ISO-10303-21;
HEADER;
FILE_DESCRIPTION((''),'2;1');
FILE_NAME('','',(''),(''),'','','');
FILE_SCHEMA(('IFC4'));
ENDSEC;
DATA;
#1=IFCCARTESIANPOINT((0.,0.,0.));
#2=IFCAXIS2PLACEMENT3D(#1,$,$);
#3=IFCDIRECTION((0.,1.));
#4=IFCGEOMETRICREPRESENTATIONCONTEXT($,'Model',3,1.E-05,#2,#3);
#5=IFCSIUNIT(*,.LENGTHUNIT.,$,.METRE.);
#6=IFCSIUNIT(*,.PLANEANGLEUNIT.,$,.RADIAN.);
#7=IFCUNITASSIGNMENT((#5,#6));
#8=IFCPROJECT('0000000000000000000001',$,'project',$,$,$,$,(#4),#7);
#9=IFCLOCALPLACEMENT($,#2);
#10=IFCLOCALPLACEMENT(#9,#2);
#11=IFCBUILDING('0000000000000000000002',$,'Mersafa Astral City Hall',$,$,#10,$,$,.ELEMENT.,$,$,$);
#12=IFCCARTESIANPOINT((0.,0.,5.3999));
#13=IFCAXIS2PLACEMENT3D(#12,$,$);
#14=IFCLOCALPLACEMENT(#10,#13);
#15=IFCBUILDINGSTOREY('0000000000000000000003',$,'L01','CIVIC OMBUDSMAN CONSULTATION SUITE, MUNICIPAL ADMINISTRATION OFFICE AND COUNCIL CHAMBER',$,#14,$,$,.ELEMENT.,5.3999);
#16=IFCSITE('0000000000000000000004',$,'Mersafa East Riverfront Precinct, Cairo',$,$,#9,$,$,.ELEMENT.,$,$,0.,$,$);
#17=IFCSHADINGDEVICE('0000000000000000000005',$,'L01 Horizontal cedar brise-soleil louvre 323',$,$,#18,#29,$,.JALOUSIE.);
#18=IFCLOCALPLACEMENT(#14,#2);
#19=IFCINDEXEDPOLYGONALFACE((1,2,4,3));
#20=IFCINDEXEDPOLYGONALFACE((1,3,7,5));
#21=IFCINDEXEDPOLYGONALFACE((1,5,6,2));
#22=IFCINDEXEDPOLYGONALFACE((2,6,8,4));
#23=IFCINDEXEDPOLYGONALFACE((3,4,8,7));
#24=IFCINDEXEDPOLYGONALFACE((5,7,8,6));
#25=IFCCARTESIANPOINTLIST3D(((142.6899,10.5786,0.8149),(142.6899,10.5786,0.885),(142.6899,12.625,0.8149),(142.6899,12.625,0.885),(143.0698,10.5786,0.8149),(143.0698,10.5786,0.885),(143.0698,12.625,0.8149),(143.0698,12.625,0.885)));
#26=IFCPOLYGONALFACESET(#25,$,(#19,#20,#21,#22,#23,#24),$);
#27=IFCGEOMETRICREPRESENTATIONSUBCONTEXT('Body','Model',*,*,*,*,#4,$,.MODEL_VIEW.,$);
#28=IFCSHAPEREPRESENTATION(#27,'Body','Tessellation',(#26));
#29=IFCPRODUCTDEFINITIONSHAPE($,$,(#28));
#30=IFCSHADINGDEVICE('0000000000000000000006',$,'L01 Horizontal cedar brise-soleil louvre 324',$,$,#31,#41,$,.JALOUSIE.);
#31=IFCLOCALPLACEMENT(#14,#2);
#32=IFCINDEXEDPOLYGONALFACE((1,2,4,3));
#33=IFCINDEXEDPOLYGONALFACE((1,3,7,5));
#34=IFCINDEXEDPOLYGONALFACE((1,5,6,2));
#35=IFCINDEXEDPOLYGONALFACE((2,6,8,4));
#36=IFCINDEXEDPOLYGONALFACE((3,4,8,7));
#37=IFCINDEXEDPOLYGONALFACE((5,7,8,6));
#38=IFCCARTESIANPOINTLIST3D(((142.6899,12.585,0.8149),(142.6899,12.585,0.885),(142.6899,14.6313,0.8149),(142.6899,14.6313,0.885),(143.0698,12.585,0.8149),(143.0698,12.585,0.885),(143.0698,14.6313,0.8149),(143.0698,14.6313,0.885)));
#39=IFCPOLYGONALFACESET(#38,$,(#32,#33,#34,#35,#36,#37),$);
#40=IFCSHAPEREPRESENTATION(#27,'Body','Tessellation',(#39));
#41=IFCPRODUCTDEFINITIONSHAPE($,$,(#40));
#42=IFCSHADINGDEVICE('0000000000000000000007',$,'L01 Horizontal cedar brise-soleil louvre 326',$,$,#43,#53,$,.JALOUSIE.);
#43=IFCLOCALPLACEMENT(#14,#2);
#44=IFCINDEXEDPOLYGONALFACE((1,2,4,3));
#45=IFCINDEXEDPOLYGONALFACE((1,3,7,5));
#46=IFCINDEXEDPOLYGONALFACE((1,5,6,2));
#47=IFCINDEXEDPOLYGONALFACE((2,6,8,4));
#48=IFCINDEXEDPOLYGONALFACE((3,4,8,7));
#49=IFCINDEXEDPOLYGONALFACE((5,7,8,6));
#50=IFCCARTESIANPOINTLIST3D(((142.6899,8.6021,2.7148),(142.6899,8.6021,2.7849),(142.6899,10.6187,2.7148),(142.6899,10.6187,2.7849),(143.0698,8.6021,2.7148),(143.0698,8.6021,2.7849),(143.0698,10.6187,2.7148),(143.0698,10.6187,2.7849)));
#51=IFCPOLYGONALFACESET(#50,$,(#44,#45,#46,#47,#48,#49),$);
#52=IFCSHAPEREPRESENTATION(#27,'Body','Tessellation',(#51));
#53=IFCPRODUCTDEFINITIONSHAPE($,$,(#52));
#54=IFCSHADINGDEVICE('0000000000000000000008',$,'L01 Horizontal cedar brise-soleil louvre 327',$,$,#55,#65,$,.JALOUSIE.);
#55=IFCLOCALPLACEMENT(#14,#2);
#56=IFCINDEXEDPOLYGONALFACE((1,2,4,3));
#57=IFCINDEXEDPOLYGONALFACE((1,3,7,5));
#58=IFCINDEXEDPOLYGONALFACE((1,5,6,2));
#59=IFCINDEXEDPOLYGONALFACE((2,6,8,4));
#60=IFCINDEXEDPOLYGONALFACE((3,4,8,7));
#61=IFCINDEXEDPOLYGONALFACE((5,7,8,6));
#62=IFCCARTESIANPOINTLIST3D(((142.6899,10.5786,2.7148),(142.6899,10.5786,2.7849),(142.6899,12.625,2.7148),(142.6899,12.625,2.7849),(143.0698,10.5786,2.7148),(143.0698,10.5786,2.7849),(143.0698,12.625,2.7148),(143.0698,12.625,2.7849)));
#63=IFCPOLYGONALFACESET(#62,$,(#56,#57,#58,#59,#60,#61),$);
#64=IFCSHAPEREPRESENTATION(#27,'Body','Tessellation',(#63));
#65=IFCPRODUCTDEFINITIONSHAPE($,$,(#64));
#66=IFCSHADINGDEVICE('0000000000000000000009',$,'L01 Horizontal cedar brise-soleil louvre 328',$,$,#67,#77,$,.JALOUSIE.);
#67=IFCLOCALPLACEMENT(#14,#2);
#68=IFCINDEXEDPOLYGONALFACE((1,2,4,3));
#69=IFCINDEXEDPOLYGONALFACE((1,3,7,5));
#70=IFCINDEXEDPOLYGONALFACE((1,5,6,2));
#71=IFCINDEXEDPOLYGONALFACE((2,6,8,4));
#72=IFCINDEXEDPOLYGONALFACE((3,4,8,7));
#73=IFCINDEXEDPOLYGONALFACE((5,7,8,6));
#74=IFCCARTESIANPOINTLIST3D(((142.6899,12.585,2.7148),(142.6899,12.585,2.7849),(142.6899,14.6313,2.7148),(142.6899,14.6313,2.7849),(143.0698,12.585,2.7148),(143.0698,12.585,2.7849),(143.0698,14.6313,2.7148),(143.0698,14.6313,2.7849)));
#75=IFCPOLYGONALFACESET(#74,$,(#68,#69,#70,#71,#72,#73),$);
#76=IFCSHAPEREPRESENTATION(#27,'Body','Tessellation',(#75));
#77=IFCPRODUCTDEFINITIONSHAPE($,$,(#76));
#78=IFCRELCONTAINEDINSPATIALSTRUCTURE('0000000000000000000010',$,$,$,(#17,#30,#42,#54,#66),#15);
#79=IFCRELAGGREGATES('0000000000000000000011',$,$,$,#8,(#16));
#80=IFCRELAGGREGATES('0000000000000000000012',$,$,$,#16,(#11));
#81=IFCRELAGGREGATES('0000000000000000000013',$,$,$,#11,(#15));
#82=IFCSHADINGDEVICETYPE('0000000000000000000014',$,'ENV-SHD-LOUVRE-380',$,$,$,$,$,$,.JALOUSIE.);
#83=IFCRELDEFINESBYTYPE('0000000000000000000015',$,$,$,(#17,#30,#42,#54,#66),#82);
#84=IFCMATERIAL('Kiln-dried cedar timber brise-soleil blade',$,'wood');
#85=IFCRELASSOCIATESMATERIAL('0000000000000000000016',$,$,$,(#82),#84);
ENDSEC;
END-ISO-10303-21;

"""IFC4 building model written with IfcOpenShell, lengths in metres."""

from ifc_helpers import new_model, si_unit, direction, frame, origin, origin_2d, place, context, subcontext, project, spatial, rectangle, extrude, material, type_object, element, save


model = new_model("IFC4")

# Units and contexts
model_context = context("Model", 3, precision=1e-05, world=origin(), true_north=direction((0.0, 1.0)))
body_context = subcontext(model_context, "Body", "Model", "MODEL_VIEW")
ifc_project = project(units=[si_unit("LENGTHUNIT", "METRE"), si_unit("PLANEANGLEUNIT", "RADIAN")], contexts=[model_context])

# Site, building, storey
site_placement = place(None, origin())
site = spatial("IfcSite", under=ifc_project, at=site_placement, Name="Mersafa East Riverfront Precinct, Cairo", CompositionType="ELEMENT", RefElevation=0.0)
building_placement = place(site_placement, origin())
building = spatial("IfcBuilding", under=site, at=building_placement, Name="Mersafa Astral City Hall", CompositionType="ELEMENT")
storey_placement = place(building_placement, frame((0.0, 0.0, 5.3999)))
storey = spatial("IfcBuildingStorey", under=building, at=storey_placement, Name="L01", Description="CIVIC OMBUDSMAN CONSULTATION SUITE, MUNICIPAL ADMINISTRATION OFFICE AND COUNCIL CHAMBER", CompositionType="ELEMENT", Elevation=5.3999)

# Shading devices
ifc_material_1 = material(Name="Kiln-dried cedar timber brise-soleil blade", Category="wood")
shading_device_type = type_object("IfcShadingDeviceType", Name="ENV-SHD-LOUVRE-380", PredefinedType="JALOUSIE", material=ifc_material_1)
for number, where, z_axis, x_axis, name in (
    (1, (142.8799, 11.6018, 0.8149), (0.0, 0.0, 1.0), (0.0, 1.0, 0.0), "L01 Horizontal cedar brise-soleil louvre 323"),
    (2, (142.8799, 13.6082, 0.8149), (0.0, 0.0, 1.0), (0.0, 1.0, 0.0), "L01 Horizontal cedar brise-soleil louvre 324"),
):
    element("IfcShadingDevice", number, at=place(storey_placement, frame(where, z_axis=z_axis, x_axis=x_axis)), inside=storey, type_object=shading_device_type, Name=name, PredefinedType="JALOUSIE", context=body_context, shape_type="SweptSolid", body=[
        extrude(rectangle(XDim=2.0464, YDim=0.3799, at=origin_2d()), origin(), (0.0, 0.0, 1.0), 0.0701),
    ])
shading_device_placement = place(storey_placement, frame((142.8799, 9.6104, 2.7148), z_axis=(0.0, 0.0, 1.0), x_axis=(0.0, 1.0, 0.0)))
element("IfcShadingDevice", 3, at=shading_device_placement, inside=storey, type_object=shading_device_type, Name="L01 Horizontal cedar brise-soleil louvre 326", PredefinedType="JALOUSIE", context=body_context, shape_type="SweptSolid", body=[
    extrude(rectangle(XDim=2.0166, YDim=0.3799, at=origin_2d()), origin(), (0.0, 0.0, 1.0), 0.0701),
])
for number, where, z_axis, x_axis, name in (
    (4, (142.8799, 11.6018, 2.7148), (0.0, 0.0, 1.0), (0.0, 1.0, 0.0), "L01 Horizontal cedar brise-soleil louvre 327"),
    (5, (142.8799, 13.6082, 2.7148), (0.0, 0.0, 1.0), (0.0, 1.0, 0.0), "L01 Horizontal cedar brise-soleil louvre 328"),
):
    element("IfcShadingDevice", number, at=place(storey_placement, frame(where, z_axis=z_axis, x_axis=x_axis)), inside=storey, type_object=shading_device_type, Name=name, PredefinedType="JALOUSIE", context=body_context, shape_type="SweptSolid", body=[
        extrude(rectangle(XDim=2.0464, YDim=0.3799, at=origin_2d()), origin(), (0.0, 0.0, 1.0), 0.0701),
    ])

save(model, "model.ifc")
